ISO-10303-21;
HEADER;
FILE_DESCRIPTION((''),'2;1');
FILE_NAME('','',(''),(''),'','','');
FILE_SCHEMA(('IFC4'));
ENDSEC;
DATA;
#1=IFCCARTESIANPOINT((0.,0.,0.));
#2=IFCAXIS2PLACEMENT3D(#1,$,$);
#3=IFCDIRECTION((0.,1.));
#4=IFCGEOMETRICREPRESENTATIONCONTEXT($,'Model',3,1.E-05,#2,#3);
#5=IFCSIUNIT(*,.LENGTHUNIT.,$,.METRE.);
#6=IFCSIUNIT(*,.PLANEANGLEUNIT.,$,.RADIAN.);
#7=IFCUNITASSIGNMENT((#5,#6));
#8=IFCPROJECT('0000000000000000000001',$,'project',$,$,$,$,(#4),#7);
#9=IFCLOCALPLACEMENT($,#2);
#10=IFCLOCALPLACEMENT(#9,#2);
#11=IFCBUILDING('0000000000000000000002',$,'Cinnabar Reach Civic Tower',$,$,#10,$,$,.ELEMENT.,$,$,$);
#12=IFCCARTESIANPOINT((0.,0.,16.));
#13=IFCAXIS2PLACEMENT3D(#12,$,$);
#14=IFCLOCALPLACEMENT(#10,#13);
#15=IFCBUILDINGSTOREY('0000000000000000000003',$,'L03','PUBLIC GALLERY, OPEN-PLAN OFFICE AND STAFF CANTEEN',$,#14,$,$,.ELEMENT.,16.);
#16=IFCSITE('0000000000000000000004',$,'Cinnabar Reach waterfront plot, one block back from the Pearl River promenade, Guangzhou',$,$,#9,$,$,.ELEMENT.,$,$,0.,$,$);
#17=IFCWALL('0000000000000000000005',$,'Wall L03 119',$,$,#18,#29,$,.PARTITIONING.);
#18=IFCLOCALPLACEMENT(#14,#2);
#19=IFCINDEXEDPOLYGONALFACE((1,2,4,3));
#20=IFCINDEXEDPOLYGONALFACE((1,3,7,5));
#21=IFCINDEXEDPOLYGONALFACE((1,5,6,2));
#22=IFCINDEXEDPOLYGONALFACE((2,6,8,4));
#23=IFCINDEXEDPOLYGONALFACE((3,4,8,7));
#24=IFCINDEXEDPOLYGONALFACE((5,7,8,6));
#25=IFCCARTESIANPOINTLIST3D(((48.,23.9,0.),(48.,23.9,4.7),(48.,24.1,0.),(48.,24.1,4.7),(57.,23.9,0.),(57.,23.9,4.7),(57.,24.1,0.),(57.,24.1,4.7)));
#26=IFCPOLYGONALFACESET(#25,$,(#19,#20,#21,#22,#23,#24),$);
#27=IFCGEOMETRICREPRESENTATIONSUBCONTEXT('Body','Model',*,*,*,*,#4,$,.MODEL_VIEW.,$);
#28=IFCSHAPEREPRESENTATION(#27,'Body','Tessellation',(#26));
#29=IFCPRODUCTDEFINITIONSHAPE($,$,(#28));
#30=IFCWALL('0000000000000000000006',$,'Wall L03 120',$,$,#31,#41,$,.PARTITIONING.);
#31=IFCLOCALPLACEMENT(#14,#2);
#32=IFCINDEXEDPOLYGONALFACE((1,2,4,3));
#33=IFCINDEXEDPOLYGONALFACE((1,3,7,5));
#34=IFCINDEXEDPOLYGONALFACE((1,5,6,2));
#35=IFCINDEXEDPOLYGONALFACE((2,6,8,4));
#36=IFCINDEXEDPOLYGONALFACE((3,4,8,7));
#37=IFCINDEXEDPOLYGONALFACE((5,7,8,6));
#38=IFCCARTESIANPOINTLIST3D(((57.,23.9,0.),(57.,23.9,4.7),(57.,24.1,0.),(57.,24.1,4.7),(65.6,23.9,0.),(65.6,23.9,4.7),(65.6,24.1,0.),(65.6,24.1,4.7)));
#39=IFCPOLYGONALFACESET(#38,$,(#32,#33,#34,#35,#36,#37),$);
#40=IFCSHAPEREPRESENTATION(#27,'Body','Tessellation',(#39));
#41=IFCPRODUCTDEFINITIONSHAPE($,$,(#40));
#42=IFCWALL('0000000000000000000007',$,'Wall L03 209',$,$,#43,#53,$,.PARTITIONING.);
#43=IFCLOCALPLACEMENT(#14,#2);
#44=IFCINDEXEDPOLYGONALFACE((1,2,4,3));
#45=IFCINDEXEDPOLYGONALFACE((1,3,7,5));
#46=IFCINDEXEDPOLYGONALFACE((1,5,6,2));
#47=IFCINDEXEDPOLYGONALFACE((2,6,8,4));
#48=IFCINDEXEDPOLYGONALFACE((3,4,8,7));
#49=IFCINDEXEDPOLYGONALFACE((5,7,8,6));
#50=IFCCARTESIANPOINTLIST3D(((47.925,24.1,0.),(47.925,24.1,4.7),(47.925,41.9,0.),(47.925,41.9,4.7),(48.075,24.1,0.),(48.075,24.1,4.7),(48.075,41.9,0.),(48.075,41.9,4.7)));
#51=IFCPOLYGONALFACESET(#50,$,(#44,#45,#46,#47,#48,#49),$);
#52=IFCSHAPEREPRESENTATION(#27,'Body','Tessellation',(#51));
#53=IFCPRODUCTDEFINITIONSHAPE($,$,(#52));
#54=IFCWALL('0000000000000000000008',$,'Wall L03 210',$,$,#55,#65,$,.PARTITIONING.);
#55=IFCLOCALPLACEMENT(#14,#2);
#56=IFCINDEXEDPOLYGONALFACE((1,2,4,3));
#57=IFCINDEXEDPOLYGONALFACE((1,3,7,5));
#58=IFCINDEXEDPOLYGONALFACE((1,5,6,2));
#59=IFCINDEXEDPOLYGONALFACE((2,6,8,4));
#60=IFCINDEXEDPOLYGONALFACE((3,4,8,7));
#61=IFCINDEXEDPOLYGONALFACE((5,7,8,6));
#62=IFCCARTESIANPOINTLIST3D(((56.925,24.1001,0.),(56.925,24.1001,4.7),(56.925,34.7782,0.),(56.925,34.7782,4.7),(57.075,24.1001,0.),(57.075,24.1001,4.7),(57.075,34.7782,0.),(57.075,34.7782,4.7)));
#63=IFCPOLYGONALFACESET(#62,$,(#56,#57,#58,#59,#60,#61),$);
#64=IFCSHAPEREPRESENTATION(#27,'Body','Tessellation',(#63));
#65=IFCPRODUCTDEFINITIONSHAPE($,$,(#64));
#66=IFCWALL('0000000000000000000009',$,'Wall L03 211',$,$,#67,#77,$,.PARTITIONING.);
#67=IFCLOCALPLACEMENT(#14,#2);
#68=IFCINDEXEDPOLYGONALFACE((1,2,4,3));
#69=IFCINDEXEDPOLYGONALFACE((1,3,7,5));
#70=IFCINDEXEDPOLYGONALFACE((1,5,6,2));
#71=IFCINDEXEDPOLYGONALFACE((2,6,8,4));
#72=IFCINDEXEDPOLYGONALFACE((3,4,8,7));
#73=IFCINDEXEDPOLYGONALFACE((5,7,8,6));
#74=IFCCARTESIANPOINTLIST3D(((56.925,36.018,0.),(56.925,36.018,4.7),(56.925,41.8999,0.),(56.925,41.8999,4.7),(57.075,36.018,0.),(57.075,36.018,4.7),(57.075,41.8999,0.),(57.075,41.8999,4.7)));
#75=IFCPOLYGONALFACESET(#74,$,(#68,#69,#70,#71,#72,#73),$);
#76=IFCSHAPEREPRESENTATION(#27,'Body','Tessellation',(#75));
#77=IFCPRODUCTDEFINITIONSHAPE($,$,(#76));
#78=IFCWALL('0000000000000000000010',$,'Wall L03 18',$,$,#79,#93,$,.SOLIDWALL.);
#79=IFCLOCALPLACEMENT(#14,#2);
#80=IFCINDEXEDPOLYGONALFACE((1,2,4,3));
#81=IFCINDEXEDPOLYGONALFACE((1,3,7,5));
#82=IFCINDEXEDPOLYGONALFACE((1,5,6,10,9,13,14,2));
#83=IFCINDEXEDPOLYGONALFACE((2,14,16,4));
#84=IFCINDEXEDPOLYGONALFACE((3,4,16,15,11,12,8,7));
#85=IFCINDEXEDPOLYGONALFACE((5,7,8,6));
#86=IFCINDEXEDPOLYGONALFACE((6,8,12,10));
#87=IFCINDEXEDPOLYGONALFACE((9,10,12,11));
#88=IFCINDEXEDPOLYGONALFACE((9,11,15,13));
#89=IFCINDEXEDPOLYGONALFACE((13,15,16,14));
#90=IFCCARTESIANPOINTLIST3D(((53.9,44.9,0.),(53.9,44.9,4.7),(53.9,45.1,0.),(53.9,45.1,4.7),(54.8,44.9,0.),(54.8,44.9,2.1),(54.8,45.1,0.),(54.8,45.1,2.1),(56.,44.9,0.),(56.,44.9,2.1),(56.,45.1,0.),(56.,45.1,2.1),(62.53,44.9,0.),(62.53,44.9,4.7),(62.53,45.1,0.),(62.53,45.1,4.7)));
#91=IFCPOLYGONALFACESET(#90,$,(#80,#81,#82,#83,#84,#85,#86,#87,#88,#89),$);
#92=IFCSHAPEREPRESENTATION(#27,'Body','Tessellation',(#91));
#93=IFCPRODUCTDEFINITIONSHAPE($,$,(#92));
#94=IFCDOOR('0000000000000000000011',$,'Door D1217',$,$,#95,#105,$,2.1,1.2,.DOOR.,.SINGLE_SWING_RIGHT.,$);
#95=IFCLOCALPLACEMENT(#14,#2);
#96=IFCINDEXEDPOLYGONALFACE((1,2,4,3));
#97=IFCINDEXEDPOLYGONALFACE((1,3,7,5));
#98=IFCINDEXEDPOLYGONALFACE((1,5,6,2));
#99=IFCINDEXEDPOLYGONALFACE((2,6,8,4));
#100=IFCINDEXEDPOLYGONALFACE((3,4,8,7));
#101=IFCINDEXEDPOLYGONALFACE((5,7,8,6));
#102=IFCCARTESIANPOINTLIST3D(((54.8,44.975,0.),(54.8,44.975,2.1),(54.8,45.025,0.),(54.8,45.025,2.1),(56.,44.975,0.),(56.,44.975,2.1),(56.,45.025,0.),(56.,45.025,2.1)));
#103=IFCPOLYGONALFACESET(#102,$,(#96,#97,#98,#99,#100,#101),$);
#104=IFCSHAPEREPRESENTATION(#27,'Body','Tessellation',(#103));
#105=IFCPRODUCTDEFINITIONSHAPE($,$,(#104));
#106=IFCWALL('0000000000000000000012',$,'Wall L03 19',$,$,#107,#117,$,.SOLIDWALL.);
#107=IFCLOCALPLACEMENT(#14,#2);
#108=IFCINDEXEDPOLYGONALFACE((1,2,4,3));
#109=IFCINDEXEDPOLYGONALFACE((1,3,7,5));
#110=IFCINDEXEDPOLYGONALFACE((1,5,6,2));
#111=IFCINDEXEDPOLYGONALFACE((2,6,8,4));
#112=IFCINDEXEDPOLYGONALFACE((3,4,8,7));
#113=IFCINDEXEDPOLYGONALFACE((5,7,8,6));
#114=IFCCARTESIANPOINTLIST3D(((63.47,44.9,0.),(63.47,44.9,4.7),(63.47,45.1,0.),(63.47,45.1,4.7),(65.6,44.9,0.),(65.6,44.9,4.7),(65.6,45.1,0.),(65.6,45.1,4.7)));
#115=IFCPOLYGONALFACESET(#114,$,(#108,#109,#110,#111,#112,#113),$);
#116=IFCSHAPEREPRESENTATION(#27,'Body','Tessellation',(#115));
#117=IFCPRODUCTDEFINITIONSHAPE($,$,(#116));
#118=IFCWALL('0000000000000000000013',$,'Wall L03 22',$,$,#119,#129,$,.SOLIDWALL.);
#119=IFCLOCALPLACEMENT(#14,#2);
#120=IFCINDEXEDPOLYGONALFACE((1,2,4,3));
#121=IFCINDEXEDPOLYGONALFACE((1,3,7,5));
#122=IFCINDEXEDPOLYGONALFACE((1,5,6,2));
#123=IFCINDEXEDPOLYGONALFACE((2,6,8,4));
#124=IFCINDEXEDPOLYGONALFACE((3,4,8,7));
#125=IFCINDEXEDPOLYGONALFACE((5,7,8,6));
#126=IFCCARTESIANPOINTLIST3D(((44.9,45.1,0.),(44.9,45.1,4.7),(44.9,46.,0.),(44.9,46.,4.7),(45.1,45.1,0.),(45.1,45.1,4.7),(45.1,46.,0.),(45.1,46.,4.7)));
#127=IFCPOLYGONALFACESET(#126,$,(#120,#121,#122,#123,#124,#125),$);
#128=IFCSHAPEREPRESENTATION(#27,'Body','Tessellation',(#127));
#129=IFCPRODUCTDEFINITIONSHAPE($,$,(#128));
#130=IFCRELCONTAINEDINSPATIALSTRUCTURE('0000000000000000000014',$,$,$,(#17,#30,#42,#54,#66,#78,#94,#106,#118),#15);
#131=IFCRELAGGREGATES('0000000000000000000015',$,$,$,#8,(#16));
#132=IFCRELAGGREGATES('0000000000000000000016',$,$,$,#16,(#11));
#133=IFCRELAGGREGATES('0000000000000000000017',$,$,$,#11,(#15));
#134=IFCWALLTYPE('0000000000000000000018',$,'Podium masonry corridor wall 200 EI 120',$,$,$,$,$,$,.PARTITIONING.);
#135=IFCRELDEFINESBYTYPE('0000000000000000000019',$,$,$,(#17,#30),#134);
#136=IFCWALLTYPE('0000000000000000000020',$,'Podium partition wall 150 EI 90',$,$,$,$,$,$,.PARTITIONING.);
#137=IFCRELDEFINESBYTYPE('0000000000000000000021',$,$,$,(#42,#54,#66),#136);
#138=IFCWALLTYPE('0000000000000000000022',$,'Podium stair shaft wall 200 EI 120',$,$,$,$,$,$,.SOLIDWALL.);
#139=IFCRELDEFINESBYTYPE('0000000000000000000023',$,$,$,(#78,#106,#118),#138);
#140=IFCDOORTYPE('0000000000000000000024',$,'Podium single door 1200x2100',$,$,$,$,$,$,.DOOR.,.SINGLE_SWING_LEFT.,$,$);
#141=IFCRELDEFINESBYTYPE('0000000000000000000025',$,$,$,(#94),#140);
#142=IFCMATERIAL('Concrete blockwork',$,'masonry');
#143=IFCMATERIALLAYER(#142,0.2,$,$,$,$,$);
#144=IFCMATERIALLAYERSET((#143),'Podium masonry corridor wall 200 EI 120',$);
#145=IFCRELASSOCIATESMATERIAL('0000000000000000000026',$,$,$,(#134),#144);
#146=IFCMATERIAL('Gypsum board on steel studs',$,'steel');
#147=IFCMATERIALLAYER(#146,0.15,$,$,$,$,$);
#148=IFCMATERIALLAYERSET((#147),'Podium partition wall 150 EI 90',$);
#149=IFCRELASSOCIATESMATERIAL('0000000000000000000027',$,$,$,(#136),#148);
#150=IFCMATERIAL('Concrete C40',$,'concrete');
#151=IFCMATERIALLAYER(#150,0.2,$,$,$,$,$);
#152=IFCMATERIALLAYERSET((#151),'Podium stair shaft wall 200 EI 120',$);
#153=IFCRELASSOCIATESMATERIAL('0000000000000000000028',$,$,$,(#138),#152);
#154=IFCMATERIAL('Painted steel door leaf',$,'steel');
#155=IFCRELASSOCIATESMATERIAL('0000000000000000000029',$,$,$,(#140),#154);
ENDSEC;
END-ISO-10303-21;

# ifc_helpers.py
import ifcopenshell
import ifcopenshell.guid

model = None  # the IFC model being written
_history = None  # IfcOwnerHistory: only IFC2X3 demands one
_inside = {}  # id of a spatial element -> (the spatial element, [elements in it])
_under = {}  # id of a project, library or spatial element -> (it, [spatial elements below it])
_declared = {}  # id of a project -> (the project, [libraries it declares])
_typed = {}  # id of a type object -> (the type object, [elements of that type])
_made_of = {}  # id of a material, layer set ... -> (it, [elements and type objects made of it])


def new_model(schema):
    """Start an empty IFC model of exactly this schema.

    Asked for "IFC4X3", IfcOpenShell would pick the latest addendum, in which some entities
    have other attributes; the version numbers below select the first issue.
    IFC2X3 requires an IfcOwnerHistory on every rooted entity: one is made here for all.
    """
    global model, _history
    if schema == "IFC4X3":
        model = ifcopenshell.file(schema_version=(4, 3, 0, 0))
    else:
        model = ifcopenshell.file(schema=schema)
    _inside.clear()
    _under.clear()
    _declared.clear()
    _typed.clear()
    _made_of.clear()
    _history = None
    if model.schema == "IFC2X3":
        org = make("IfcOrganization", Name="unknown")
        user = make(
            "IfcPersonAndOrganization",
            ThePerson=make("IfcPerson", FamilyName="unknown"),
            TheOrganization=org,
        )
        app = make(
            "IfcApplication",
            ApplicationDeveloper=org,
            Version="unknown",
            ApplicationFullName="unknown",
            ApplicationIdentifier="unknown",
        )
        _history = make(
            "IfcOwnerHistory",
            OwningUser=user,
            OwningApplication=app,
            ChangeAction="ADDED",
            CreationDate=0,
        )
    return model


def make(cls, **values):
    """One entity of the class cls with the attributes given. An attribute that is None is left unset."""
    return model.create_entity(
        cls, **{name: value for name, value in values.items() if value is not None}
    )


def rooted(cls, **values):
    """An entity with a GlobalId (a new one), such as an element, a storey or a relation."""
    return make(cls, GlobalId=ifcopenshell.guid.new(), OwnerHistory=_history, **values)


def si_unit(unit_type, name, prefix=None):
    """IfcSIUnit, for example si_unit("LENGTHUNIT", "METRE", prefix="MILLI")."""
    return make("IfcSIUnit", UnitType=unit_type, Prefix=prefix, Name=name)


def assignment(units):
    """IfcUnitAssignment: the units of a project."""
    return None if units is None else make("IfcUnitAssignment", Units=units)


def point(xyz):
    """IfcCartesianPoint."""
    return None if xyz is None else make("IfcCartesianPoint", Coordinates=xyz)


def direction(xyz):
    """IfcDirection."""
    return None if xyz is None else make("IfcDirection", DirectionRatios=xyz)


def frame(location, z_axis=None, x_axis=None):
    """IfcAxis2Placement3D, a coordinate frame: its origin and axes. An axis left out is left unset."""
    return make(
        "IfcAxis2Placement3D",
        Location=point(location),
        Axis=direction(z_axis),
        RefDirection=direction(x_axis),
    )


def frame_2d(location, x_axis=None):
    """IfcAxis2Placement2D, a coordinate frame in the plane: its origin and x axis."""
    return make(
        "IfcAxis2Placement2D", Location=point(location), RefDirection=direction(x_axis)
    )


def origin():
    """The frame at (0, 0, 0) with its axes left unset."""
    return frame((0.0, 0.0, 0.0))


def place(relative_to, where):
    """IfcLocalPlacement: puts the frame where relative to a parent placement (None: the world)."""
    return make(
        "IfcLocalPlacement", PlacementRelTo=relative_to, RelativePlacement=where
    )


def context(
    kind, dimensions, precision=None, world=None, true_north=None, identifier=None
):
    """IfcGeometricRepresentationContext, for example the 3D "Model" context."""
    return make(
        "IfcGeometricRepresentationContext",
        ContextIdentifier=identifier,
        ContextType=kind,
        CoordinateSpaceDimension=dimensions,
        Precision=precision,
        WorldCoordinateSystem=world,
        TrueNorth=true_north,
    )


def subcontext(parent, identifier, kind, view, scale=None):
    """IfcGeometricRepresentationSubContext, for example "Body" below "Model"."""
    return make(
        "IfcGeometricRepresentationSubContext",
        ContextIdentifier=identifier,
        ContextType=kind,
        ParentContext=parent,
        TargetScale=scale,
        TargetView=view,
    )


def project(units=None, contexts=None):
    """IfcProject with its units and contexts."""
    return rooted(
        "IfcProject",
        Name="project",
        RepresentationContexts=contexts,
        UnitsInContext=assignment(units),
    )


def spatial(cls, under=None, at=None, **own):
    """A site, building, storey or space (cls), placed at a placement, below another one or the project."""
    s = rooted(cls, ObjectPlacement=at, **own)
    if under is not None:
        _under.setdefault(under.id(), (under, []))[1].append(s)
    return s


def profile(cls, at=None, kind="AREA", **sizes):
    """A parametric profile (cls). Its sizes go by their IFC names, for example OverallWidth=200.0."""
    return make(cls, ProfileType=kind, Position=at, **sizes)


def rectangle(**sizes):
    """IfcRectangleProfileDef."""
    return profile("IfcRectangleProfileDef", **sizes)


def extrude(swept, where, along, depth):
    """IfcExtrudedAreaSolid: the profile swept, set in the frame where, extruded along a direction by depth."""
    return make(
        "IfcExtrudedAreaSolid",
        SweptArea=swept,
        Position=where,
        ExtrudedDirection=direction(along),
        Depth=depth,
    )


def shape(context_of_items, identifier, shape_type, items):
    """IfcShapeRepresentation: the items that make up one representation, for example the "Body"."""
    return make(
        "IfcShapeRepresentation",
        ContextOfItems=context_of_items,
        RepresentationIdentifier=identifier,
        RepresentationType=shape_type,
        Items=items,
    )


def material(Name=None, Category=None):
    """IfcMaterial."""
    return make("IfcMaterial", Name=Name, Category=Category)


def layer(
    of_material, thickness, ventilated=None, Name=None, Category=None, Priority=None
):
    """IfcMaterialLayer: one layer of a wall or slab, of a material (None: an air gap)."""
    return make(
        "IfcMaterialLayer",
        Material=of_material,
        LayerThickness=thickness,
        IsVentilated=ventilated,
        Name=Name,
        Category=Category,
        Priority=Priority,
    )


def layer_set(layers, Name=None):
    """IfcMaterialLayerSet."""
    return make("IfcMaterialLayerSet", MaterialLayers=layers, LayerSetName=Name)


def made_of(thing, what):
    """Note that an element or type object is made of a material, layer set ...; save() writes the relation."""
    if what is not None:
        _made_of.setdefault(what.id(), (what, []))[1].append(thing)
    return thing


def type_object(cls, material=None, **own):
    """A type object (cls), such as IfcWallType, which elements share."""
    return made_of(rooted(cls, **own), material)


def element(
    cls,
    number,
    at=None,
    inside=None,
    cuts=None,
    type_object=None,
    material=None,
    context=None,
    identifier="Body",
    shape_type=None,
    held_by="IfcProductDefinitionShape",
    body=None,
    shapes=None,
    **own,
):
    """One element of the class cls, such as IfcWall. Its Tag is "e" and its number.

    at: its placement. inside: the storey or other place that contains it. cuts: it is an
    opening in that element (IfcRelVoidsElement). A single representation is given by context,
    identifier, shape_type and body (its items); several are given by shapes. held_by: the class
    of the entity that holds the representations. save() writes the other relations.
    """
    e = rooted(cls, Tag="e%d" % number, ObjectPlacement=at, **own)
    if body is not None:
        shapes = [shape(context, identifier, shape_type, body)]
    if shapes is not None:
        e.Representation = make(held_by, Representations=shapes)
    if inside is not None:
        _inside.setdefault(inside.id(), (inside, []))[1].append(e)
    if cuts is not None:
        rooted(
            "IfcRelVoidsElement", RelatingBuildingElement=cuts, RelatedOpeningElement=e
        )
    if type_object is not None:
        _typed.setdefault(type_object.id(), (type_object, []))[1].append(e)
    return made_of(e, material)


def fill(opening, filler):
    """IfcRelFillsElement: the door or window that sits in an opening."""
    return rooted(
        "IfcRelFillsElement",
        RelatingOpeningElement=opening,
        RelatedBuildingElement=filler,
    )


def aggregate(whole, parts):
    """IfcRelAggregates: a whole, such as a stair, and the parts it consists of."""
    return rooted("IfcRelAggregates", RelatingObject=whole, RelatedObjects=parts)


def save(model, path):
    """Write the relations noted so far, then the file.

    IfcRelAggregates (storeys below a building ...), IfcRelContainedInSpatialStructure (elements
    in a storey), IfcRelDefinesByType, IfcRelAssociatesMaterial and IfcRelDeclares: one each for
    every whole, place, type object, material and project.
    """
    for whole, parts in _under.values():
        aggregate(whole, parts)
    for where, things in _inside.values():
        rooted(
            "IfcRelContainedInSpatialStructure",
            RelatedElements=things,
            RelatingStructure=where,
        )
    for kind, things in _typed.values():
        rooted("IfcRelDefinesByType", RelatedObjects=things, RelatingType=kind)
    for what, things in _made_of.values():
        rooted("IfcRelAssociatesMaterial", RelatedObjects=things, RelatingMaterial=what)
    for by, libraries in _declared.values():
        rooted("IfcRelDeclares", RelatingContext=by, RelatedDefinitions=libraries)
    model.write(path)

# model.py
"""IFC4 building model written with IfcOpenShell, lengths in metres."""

from ifc_helpers import new_model, si_unit, direction, frame, frame_2d, origin, place, context, subcontext, project, spatial, rectangle, extrude, material, layer, layer_set, type_object, element, fill, save


model = new_model("IFC4")

# Units and contexts
model_context = context("Model", 3, precision=1e-05, world=origin(), true_north=direction((0.0, 1.0)))
body_context = subcontext(model_context, "Body", "Model", "MODEL_VIEW")
ifc_project = project(units=[si_unit("LENGTHUNIT", "METRE"), si_unit("PLANEANGLEUNIT", "RADIAN")], contexts=[model_context])

# Site, building, storey
site_placement = place(None, origin())
site = spatial("IfcSite", under=ifc_project, at=site_placement, Name="Cinnabar Reach waterfront plot, one block back from the Pearl River promenade, Guangzhou", CompositionType="ELEMENT", RefElevation=0.0)
building_placement = place(site_placement, origin())
building = spatial("IfcBuilding", under=site, at=building_placement, Name="Cinnabar Reach Civic Tower", CompositionType="ELEMENT")
storey_placement = place(building_placement, frame((0.0, 0.0, 16.0)))
storey = spatial("IfcBuildingStorey", under=building, at=storey_placement, Name="L03", Description="PUBLIC GALLERY, OPEN-PLAN OFFICE AND STAFF CANTEEN", CompositionType="ELEMENT", Elevation=16.0)

# Shared definitions
ifc_material_1 = material(Name="Concrete blockwork", Category="masonry")
ifc_layer_1 = layer(ifc_material_1, 0.2)
ifc_layer_set_1 = layer_set([ifc_layer_1], Name="Podium masonry corridor wall 200 EI 120")
wall_type_1 = type_object("IfcWallType", Name="Podium masonry corridor wall 200 EI 120", PredefinedType="PARTITIONING", material=ifc_layer_set_1)
ifc_material_2 = material(Name="Painted steel door leaf", Category="steel")

# Walls
wall_1_placement = place(storey_placement, frame((48.0, 24.0, 0.0), z_axis=(0.0, 0.0, 1.0), x_axis=(1.0, 0.0, 0.0)))
element("IfcWall", 1, at=wall_1_placement, inside=storey, type_object=wall_type_1, Name="Wall L03 119", PredefinedType="PARTITIONING", context=body_context, shape_type="SweptSolid", body=[
    extrude(rectangle(XDim=9.0, YDim=0.2, at=frame_2d((4.5, 0.0))), origin(), (0.0, 0.0, 1.0), 4.7),
])
wall_2_placement = place(storey_placement, frame((57.0, 24.0, 0.0), z_axis=(0.0, 0.0, 1.0), x_axis=(1.0, 0.0, 0.0)))
element("IfcWall", 2, at=wall_2_placement, inside=storey, type_object=wall_type_1, Name="Wall L03 120", PredefinedType="PARTITIONING", context=body_context, shape_type="SweptSolid", body=[
    extrude(rectangle(XDim=8.6, YDim=0.2, at=frame_2d((4.3, 0.0))), origin(), (0.0, 0.0, 1.0), 4.7),
])
ifc_material_3 = material(Name="Gypsum board on steel studs", Category="steel")
ifc_layer_2 = layer(ifc_material_3, 0.15)
ifc_layer_set_2 = layer_set([ifc_layer_2], Name="Podium partition wall 150 EI 90")
wall_type_2 = type_object("IfcWallType", Name="Podium partition wall 150 EI 90", PredefinedType="PARTITIONING", material=ifc_layer_set_2)
wall_3_placement = place(storey_placement, frame((48.0, 24.1, 0.0), z_axis=(0.0, 0.0, 1.0), x_axis=(0.0, 1.0, 0.0)))
element("IfcWall", 3, at=wall_3_placement, inside=storey, type_object=wall_type_2, Name="Wall L03 209", PredefinedType="PARTITIONING", context=body_context, shape_type="SweptSolid", body=[
    extrude(rectangle(XDim=17.8, YDim=0.15, at=frame_2d((8.9, 0.0))), origin(), (0.0, 0.0, 1.0), 4.7),
])
wall_4_placement = place(storey_placement, frame((57.0, 24.1, 0.0), z_axis=(0.0, 0.0, 1.0), x_axis=(0.0, 1.0, 0.0)))
element("IfcWall", 4, at=wall_4_placement, inside=storey, type_object=wall_type_2, Name="Wall L03 210", PredefinedType="PARTITIONING", context=body_context, shape_type="SweptSolid", body=[
    extrude(rectangle(XDim=10.6781, YDim=0.15, at=frame_2d((5.3391, 0.0))), origin(), (0.0, 0.0, 1.0), 4.7),
])
wall_5_placement = place(storey_placement, frame((57.0, 36.0181, 0.0), z_axis=(0.0, 0.0, 1.0), x_axis=(0.0, 1.0, 0.0)))
element("IfcWall", 5, at=wall_5_placement, inside=storey, type_object=wall_type_2, Name="Wall L03 211", PredefinedType="PARTITIONING", context=body_context, shape_type="SweptSolid", body=[
    extrude(rectangle(XDim=5.8819, YDim=0.15, at=frame_2d((2.9409, 0.0))), origin(), (0.0, 0.0, 1.0), 4.7),
])

# Wall, opening, door
ifc_material_4 = material(Name="Concrete C40", Category="concrete")
ifc_layer_3 = layer(ifc_material_4, 0.2)
ifc_layer_set_3 = layer_set([ifc_layer_3], Name="Podium stair shaft wall 200 EI 120")
wall_type_3 = type_object("IfcWallType", Name="Podium stair shaft wall 200 EI 120", PredefinedType="SOLIDWALL", material=ifc_layer_set_3)
wall_6_placement = place(storey_placement, frame((53.9, 45.0, 0.0), z_axis=(0.0, 0.0, 1.0), x_axis=(1.0, 0.0, 0.0)))
wall_6 = element("IfcWall", 6, at=wall_6_placement, inside=storey, type_object=wall_type_3, Name="Wall L03 18", PredefinedType="SOLIDWALL", context=body_context, shape_type="SweptSolid", body=[
    extrude(rectangle(XDim=8.63, YDim=0.2, at=frame_2d((4.315, 0.0))), origin(), (0.0, 0.0, 1.0), 4.7),
])
opening_1_placement = place(wall_6_placement, frame((0.9, 0.0, 0.0)))
opening_1 = element("IfcOpeningElement", 7, at=opening_1_placement, cuts=wall_6, PredefinedType="OPENING", context=body_context, shape_type="SweptSolid", body=[
    extrude(rectangle(XDim=1.2, YDim=2.1, at=frame_2d((0.6, 1.05))), frame((0.0, 0.11, 0.0), z_axis=(0.0, -1.0, 0.0), x_axis=(1.0, 0.0, 0.0)), (0.0, 0.0, 1.0), 0.22),
])
door_type_1 = type_object("IfcDoorType", Name="Podium single door 1200x2100", OperationType="SINGLE_SWING_LEFT", PredefinedType="DOOR", material=ifc_material_2)
door_1_placement = place(opening_1_placement, origin())
door_1 = element("IfcDoor", 8, at=door_1_placement, inside=storey, type_object=door_type_1, Name="Door D1217", OperationType="SINGLE_SWING_RIGHT", OverallHeight=2.1, OverallWidth=1.2, PredefinedType="DOOR", context=body_context, shape_type="SweptSolid", body=[
    extrude(rectangle(XDim=1.2, YDim=2.1, at=frame_2d((0.6, 1.05))), frame((0.0, 0.025, 0.0), z_axis=(0.0, -1.0, 0.0), x_axis=(1.0, 0.0, 0.0)), (0.0, 0.0, 1.0), 0.05),
])
fill(opening_1, door_1)

# Walls
wall_7_placement = place(storey_placement, frame((63.47, 45.0, 0.0), z_axis=(0.0, 0.0, 1.0), x_axis=(1.0, 0.0, 0.0)))
element("IfcWall", 9, at=wall_7_placement, inside=storey, type_object=wall_type_3, Name="Wall L03 19", PredefinedType="SOLIDWALL", context=body_context, shape_type="SweptSolid", body=[
    extrude(rectangle(XDim=2.13, YDim=0.2, at=frame_2d((1.065, 0.0))), origin(), (0.0, 0.0, 1.0), 4.7),
])
wall_8_placement = place(storey_placement, frame((45.0, 45.1, 0.0), z_axis=(0.0, 0.0, 1.0), x_axis=(0.0, 1.0, 0.0)))
element("IfcWall", 10, at=wall_8_placement, inside=storey, type_object=wall_type_3, Name="Wall L03 22", PredefinedType="SOLIDWALL", context=body_context, shape_type="SweptSolid", body=[
    extrude(rectangle(XDim=0.9, YDim=0.2, at=frame_2d((0.45, 0.0))), origin(), (0.0, 0.0, 1.0), 4.7),
])

save(model, "model.ifc")
